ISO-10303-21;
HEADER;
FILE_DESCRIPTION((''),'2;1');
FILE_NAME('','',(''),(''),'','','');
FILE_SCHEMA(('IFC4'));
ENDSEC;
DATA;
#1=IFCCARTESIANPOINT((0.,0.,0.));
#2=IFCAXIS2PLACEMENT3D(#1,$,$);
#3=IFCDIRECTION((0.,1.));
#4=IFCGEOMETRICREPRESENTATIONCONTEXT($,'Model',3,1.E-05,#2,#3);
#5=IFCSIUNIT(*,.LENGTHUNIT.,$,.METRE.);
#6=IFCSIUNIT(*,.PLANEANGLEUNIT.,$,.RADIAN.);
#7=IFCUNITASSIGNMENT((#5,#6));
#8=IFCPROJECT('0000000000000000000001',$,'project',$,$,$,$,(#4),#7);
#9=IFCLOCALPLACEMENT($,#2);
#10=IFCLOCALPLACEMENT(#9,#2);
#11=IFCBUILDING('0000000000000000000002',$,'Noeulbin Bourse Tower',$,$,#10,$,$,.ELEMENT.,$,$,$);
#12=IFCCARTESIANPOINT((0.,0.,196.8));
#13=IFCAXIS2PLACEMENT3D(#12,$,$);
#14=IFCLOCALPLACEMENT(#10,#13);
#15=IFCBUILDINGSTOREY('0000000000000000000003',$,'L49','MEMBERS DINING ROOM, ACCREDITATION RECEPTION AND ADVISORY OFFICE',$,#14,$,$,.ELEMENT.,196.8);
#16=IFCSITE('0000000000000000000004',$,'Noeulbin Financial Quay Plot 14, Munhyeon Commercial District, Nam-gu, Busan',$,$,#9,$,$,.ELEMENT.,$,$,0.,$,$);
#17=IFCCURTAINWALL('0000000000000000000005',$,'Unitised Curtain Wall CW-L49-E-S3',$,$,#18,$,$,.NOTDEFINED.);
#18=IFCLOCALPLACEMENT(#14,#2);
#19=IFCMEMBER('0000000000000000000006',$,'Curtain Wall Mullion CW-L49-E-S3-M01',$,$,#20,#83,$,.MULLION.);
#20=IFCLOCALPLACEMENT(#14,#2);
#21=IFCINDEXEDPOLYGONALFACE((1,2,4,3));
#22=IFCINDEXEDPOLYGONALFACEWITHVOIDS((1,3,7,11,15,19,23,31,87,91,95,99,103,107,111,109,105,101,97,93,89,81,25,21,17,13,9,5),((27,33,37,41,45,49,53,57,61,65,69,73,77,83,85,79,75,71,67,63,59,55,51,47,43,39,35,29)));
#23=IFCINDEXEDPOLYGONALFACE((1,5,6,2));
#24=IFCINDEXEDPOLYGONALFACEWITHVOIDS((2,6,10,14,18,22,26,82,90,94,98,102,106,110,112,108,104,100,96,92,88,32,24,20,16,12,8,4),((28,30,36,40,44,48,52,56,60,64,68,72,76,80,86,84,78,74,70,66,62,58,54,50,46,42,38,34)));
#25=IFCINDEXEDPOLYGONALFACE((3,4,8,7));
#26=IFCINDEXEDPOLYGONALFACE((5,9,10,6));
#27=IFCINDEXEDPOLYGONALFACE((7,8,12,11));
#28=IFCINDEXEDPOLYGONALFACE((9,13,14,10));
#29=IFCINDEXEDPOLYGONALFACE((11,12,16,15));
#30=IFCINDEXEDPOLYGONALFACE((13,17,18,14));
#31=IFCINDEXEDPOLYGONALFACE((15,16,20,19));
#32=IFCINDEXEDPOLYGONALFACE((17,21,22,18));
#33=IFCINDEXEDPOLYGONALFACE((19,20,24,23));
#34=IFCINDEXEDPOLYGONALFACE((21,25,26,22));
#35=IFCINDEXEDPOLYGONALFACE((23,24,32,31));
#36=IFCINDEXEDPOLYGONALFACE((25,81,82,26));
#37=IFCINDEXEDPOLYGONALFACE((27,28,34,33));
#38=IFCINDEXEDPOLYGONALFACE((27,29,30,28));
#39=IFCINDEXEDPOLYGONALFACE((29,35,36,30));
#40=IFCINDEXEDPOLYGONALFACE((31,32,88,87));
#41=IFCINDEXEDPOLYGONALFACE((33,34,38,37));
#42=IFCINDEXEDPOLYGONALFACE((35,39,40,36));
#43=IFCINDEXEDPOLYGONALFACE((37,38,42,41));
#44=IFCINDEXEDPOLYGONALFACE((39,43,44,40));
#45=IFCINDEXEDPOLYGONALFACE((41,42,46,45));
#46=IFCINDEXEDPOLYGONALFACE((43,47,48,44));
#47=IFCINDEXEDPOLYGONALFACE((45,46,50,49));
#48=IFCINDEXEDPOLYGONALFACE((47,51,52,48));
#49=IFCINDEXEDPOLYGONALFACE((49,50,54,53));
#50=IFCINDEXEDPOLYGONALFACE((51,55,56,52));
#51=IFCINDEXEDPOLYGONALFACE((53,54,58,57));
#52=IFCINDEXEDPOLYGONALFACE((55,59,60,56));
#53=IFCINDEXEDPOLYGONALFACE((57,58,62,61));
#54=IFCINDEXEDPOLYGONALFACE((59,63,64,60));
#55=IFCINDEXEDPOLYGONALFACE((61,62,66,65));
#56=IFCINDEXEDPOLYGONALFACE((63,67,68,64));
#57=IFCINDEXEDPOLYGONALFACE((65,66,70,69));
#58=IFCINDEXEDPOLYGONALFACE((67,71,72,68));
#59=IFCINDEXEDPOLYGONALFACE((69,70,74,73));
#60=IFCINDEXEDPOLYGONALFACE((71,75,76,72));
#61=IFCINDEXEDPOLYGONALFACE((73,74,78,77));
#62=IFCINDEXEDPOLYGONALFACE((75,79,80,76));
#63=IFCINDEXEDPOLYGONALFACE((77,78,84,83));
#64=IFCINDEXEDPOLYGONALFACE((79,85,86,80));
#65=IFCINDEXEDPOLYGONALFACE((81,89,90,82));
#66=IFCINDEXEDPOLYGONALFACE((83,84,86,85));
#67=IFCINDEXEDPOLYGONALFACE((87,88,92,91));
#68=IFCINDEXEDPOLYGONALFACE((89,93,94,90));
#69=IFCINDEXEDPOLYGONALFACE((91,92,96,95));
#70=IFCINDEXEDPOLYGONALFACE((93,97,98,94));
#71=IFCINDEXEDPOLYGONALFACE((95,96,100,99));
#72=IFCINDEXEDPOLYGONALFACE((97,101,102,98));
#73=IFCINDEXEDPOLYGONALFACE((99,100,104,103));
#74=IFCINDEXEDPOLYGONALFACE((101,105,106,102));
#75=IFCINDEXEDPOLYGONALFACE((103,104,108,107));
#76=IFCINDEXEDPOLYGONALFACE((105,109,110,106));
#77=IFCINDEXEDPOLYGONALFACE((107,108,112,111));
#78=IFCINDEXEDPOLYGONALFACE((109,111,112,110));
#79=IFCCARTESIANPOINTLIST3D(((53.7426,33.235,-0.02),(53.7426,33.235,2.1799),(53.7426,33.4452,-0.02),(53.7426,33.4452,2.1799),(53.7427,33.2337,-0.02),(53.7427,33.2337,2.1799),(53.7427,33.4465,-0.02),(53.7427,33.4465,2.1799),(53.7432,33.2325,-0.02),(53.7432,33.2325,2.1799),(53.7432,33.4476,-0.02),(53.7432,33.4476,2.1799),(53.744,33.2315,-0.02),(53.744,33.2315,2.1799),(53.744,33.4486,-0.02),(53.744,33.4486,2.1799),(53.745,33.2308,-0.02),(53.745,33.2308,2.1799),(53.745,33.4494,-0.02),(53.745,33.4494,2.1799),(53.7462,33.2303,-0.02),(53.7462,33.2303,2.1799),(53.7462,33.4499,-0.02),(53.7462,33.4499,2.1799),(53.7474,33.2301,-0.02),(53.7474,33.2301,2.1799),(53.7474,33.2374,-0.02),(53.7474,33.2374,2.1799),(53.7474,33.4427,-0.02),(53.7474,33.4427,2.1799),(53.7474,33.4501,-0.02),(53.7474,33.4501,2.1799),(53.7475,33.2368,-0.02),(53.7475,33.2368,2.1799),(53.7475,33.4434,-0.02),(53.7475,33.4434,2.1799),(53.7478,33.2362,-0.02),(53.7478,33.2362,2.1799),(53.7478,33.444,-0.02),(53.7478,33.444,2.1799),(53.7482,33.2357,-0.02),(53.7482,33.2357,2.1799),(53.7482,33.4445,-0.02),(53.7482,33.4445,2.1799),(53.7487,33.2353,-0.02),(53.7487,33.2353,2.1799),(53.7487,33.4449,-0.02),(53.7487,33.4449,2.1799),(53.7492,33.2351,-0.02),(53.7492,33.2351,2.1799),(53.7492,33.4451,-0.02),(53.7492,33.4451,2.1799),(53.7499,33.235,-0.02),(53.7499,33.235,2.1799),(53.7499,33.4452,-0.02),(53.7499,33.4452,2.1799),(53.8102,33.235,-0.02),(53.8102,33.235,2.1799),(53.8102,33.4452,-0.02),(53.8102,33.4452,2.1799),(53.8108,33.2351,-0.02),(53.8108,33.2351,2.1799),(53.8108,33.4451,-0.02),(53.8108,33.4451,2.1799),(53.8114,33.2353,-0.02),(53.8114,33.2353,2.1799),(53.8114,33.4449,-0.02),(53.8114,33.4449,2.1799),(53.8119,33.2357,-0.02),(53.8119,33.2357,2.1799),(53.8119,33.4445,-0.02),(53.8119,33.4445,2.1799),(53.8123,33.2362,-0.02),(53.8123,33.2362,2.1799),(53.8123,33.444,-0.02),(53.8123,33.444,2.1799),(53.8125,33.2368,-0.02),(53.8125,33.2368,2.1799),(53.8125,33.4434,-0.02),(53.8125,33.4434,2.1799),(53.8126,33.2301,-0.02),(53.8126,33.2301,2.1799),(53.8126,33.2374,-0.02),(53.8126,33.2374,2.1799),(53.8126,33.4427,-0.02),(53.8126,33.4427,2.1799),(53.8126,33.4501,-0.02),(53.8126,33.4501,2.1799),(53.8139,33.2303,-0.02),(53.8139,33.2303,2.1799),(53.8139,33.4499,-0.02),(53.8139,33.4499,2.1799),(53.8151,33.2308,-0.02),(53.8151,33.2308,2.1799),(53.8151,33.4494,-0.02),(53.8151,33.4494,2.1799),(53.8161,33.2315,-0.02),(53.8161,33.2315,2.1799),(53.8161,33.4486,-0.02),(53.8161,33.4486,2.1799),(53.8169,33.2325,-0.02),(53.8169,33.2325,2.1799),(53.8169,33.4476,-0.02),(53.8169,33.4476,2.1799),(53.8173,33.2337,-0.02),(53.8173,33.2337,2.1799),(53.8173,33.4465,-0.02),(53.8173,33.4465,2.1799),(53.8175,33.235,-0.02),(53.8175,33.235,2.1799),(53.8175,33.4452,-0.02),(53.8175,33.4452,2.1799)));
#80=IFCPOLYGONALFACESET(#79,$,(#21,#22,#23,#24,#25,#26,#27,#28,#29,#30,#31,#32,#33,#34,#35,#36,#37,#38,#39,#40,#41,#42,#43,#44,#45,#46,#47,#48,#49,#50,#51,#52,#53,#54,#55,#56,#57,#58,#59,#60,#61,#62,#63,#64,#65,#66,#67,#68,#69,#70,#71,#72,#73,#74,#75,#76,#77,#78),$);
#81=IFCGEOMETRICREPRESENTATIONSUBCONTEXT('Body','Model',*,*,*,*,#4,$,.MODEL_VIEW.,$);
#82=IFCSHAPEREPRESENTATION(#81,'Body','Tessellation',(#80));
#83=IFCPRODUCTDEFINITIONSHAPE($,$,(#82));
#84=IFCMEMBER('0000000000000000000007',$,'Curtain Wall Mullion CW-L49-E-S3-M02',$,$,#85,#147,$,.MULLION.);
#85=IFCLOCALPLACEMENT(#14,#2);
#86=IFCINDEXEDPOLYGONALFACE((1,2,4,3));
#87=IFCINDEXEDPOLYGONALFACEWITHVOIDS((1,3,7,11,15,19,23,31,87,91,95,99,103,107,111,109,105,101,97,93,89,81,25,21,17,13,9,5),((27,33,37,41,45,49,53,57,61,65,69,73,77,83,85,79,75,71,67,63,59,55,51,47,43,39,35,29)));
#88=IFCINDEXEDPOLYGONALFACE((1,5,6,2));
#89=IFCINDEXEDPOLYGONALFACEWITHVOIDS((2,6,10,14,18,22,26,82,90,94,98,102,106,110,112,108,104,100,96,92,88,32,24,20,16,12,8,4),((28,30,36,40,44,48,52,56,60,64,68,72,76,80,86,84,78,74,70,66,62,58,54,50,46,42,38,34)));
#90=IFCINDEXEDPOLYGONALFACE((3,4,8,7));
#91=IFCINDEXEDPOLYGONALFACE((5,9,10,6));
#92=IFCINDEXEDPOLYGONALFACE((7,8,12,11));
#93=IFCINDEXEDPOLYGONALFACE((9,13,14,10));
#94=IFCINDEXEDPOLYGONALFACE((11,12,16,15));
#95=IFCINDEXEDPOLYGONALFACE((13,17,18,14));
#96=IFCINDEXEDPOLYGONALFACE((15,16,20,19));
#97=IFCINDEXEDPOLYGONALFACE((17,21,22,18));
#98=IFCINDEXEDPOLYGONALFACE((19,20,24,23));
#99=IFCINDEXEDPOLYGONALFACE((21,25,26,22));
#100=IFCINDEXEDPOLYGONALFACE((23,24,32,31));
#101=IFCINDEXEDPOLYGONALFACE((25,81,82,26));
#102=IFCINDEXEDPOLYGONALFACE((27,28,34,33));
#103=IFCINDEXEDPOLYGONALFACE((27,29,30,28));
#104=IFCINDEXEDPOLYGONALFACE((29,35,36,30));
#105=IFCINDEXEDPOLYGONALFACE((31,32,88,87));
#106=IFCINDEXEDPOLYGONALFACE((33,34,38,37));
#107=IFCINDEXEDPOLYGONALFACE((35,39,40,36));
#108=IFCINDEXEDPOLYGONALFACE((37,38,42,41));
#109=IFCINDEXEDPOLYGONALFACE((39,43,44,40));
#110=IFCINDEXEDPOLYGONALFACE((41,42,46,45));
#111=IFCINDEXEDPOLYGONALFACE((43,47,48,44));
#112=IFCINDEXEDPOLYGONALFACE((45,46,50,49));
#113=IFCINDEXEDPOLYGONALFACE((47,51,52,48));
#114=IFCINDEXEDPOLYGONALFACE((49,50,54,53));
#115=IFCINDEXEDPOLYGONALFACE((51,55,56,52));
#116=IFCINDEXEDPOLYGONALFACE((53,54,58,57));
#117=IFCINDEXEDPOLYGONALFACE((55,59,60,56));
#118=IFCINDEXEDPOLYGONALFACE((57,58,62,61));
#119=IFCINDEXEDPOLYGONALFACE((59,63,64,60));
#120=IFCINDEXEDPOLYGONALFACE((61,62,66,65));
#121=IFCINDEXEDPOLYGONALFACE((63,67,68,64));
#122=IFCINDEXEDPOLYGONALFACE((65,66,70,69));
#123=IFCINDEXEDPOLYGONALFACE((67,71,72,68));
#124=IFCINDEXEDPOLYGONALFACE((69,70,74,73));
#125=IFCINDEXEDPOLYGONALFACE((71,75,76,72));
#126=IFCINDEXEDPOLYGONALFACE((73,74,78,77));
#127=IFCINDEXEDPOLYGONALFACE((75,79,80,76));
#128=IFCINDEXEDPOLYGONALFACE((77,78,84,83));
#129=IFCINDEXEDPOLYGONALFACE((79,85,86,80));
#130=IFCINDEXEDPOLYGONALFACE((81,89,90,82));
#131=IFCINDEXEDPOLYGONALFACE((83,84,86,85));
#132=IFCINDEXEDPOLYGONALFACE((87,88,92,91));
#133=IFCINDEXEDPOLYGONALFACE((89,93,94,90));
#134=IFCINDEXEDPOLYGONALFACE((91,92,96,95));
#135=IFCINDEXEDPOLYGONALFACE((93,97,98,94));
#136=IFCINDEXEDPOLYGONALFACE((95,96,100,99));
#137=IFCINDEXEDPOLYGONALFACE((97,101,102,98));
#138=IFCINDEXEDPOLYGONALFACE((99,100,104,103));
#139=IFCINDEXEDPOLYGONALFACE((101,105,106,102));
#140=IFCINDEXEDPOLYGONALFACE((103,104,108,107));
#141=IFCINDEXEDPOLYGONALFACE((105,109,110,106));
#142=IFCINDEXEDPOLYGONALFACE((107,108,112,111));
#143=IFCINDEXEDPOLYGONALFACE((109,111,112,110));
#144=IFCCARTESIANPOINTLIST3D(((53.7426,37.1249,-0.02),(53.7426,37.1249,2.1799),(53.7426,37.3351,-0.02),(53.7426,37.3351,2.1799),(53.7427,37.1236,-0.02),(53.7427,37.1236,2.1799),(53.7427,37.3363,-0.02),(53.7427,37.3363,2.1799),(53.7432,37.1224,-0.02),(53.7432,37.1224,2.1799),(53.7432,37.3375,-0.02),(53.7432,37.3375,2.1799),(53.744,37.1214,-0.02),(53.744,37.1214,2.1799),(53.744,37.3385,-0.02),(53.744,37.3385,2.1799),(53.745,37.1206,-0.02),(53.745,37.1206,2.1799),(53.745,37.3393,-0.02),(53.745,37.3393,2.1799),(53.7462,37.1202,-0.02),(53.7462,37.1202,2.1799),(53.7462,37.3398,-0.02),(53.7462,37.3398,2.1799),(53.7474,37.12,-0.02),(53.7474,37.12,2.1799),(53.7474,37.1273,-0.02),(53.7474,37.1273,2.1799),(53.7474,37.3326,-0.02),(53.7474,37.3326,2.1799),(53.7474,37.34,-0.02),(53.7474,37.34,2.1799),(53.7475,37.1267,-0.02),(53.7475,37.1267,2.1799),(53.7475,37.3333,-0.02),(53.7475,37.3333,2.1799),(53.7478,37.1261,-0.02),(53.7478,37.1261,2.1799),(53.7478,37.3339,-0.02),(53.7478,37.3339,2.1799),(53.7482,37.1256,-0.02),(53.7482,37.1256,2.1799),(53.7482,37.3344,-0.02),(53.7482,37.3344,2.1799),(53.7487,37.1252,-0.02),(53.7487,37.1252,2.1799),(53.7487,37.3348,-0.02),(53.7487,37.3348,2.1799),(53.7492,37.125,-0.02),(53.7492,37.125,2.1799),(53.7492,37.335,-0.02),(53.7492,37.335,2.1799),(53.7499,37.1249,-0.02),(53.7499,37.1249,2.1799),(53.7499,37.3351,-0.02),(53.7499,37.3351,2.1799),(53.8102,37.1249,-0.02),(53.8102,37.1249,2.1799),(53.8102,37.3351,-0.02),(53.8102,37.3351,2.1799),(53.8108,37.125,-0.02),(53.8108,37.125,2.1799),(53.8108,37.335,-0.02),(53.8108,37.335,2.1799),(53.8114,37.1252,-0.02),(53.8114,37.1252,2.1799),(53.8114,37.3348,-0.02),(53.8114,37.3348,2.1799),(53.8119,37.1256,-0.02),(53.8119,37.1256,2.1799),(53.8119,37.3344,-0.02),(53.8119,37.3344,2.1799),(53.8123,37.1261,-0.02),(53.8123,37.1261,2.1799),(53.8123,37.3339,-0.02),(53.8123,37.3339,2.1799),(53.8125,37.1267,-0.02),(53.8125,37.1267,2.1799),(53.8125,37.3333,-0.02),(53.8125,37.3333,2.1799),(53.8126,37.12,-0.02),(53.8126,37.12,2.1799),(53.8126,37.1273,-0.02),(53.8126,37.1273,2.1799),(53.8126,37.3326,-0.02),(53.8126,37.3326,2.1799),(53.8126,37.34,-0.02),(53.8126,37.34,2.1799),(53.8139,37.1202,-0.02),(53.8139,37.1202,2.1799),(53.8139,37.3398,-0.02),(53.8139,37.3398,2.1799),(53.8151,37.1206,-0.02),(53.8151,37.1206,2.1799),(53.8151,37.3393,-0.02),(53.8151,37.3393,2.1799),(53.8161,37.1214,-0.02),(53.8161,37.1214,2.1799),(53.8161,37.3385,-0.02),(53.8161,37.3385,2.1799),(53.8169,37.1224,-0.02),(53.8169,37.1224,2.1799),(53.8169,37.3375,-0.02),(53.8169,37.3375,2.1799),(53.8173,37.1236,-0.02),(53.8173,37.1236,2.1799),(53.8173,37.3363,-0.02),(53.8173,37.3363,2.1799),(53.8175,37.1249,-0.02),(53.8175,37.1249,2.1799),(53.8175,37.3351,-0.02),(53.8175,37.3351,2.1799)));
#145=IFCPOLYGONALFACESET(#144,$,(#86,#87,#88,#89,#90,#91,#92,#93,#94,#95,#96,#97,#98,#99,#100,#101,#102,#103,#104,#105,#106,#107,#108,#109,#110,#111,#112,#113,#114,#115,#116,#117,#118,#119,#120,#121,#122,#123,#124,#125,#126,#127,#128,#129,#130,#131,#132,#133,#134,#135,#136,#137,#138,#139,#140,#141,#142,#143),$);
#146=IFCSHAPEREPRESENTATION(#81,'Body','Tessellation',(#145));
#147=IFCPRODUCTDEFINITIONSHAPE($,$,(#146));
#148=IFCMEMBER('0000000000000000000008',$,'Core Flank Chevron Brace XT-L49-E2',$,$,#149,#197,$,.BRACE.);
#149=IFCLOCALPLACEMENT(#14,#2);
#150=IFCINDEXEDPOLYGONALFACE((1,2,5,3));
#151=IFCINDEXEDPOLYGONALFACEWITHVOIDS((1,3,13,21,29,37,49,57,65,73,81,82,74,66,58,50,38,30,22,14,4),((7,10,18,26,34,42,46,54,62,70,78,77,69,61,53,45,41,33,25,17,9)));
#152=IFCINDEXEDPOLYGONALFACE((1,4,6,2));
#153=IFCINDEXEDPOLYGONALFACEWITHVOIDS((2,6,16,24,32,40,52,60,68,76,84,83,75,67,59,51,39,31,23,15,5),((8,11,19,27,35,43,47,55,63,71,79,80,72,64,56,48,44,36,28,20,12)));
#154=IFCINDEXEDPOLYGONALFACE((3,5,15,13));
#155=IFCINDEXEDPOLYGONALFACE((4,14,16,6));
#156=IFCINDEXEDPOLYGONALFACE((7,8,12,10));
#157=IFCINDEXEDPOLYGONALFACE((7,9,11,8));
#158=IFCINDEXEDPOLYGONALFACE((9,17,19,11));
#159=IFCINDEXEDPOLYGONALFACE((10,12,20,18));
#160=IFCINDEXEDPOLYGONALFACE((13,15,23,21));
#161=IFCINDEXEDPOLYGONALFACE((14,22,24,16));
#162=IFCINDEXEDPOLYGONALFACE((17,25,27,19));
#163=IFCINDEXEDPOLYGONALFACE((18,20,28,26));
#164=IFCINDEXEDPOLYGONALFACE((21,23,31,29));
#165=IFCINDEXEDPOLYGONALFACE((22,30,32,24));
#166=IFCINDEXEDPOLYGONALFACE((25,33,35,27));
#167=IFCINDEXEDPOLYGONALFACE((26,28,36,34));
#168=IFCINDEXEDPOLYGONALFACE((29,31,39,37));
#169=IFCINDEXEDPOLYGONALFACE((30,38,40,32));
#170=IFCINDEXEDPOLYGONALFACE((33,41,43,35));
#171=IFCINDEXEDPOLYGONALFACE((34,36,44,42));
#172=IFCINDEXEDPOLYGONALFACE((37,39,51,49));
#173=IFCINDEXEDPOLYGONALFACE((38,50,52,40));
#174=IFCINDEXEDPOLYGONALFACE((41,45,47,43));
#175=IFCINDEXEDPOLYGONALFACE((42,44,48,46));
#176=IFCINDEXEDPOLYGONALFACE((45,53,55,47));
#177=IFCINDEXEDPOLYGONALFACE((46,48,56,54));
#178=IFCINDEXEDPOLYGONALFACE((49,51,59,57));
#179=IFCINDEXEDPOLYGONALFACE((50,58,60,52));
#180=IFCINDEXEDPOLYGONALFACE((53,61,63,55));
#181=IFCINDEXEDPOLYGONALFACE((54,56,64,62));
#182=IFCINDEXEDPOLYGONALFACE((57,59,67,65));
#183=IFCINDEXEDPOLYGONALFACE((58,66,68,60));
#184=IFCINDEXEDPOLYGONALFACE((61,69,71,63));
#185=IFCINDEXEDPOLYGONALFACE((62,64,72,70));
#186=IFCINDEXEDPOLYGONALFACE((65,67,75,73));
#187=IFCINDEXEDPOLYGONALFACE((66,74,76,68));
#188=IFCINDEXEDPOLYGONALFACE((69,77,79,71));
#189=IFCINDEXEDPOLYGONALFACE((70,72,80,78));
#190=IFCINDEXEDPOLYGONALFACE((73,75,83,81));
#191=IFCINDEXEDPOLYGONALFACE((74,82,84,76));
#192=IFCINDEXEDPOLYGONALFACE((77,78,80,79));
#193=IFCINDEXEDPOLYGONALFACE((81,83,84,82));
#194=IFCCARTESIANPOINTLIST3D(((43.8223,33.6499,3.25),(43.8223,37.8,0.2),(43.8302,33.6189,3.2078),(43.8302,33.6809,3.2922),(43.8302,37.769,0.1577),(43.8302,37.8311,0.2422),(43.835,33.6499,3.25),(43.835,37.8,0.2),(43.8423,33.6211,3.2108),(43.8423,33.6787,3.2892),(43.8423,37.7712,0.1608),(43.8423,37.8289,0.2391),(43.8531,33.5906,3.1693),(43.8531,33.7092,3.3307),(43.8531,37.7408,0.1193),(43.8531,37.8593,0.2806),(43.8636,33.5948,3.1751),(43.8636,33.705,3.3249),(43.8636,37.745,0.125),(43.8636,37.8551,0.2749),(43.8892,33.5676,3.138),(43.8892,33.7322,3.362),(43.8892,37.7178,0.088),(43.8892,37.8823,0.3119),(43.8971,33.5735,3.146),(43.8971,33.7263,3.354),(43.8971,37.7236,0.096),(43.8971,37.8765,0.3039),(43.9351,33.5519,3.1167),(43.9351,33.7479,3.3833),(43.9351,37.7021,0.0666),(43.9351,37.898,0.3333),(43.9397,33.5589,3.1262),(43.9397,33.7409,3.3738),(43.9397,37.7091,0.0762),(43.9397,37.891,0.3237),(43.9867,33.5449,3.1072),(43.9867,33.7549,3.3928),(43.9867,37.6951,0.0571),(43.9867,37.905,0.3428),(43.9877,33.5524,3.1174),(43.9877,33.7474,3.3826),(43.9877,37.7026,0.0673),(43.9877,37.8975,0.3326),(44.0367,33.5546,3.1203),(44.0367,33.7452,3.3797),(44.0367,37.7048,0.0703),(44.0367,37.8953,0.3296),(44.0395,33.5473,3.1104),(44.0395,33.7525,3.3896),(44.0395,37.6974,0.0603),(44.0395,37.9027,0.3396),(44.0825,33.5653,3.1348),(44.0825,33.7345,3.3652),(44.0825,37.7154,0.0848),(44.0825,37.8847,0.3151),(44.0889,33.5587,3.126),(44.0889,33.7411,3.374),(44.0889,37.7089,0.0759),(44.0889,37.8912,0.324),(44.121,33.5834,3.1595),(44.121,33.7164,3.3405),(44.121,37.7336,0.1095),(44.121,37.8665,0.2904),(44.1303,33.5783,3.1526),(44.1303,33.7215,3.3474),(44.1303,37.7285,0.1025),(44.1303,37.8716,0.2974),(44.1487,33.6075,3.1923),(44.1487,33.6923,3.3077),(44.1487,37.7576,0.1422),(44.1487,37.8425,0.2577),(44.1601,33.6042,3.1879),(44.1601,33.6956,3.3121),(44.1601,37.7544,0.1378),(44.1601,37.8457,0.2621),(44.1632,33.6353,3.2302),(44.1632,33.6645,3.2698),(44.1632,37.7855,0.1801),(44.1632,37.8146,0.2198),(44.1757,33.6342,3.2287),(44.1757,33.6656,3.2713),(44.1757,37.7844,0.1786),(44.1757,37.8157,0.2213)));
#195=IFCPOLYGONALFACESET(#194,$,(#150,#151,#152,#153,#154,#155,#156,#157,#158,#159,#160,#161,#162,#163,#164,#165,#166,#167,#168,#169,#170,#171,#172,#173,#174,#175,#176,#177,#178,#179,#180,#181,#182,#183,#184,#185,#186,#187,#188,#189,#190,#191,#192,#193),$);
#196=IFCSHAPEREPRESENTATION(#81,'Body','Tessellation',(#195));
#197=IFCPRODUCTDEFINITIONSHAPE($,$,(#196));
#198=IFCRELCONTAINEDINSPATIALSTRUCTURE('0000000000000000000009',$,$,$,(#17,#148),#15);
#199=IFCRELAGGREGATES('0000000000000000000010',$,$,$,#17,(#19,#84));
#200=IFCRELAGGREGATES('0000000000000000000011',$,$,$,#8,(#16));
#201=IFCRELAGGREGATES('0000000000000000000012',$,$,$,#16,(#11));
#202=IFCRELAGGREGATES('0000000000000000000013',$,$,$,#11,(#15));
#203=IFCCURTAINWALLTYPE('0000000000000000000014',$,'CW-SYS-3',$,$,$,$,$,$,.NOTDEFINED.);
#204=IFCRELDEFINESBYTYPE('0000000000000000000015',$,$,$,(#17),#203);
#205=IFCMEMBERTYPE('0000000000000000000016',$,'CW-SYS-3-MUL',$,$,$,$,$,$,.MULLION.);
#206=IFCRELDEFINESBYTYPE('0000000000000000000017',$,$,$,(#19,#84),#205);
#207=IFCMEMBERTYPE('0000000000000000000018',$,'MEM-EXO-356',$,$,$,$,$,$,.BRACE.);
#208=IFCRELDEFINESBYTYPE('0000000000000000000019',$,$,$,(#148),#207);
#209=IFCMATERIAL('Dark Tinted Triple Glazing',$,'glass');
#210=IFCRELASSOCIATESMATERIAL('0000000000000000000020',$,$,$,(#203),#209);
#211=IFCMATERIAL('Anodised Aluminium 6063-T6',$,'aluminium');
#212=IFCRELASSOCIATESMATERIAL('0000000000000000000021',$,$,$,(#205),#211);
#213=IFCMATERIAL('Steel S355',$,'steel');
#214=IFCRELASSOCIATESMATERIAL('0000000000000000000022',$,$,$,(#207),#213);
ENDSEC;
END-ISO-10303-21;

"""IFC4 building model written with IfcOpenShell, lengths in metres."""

from ifc_helpers import new_model, si_unit, direction, frame, origin, origin_2d, place, context, subcontext, project, spatial, hollow_rectangle, hollow_circle, extrude, material, material_profile, profile_set, type_object, element, aggregate, save


model = new_model("IFC4")

# Units and contexts
model_context = context("Model", 3, precision=1e-05, world=origin(), true_north=direction((0.0, 1.0)))
body_context = subcontext(model_context, "Body", "Model", "MODEL_VIEW")
ifc_project = project(units=[si_unit("LENGTHUNIT", "METRE"), si_unit("PLANEANGLEUNIT", "RADIAN")], contexts=[model_context])

# Site, building, storey
site_placement = place(None, origin())
site = spatial("IfcSite", under=ifc_project, at=site_placement, Name="Noeulbin Financial Quay Plot 14, Munhyeon Commercial District, Nam-gu, Busan", CompositionType="ELEMENT", RefElevation=0.0)
building_placement = place(site_placement, origin())
building = spatial("IfcBuilding", under=site, at=building_placement, Name="Noeulbin Bourse Tower", CompositionType="ELEMENT")
storey_placement = place(building_placement, frame((0.0, 0.0, 196.8)))
storey = spatial("IfcBuildingStorey", under=building, at=storey_placement, Name="L49", Description="MEMBERS DINING ROOM, ACCREDITATION RECEPTION AND ADVISORY OFFICE", CompositionType="ELEMENT", Elevation=196.8)

# Curtain wall, members
ifc_material_1 = material(Name="Dark Tinted Triple Glazing", Category="glass")
curtain_wall_type = type_object("IfcCurtainWallType", Name="CW-SYS-3", PredefinedType="NOTDEFINED", material=ifc_material_1)
ifc_material_2 = material(Name="Anodised Aluminium 6063-T6", Category="aluminium")
ifc_material_profile_1 = material_profile(ifc_material_2, hollow_rectangle(XDim=0.075, YDim=0.22, WallThickness=0.0049, InnerFilletRadius=0.0024, OuterFilletRadius=0.0049, at=origin_2d()), Name="ALU-MULL-75x220x5", Category="LoadBearing")
ifc_profile_set_1 = profile_set([ifc_material_profile_1], Name="Anodised Aluminium 6063-T6")
member_type_1 = type_object("IfcMemberType", Name="CW-SYS-3-MUL", PredefinedType="MULLION", material=ifc_profile_set_1)
curtain_wall_1_placement = place(storey_placement, origin())
curtain_wall_1 = element("IfcCurtainWall", 1, at=curtain_wall_1_placement, inside=storey, type_object=curtain_wall_type, Name="Unitised Curtain Wall CW-L49-E-S3", PredefinedType="NOTDEFINED")
member_1_placement = place(storey_placement, frame((53.78, 33.3401, -0.02), z_axis=(0.0, 0.0, 1.0), x_axis=(1.0, 0.0, 0.0)))
member_1 = element("IfcMember", 2, at=member_1_placement, type_object=member_type_1, Name="Curtain Wall Mullion CW-L49-E-S3-M01", PredefinedType="MULLION", context=body_context, shape_type="SweptSolid", body=[
    extrude(hollow_rectangle(XDim=0.075, YDim=0.22, WallThickness=0.0049, InnerFilletRadius=0.0024, OuterFilletRadius=0.0049, at=origin_2d()), origin(), (0.0, 0.0, 1.0), 2.2),
])
member_2_placement = place(storey_placement, frame((53.78, 37.23, -0.02), z_axis=(0.0, 0.0, 1.0), x_axis=(1.0, 0.0, 0.0)))
member_2 = element("IfcMember", 3, at=member_2_placement, type_object=member_type_1, Name="Curtain Wall Mullion CW-L49-E-S3-M02", PredefinedType="MULLION", context=body_context, shape_type="SweptSolid", body=[
    extrude(hollow_rectangle(XDim=0.075, YDim=0.22, WallThickness=0.0049, InnerFilletRadius=0.0024, OuterFilletRadius=0.0049, at=origin_2d()), origin(), (0.0, 0.0, 1.0), 2.2),
])

# Member
ifc_material_3 = material(Name="Steel S355", Category="steel")
ifc_material_profile_2 = material_profile(ifc_material_3, hollow_circle(Radius=0.1777, WallThickness=0.0127, at=origin_2d()), Name="CHS-355.6x12.7", Category="LoadBearing")
ifc_profile_set_2 = profile_set([ifc_material_profile_2], Name="Steel S355")
member_type_2 = type_object("IfcMemberType", Name="MEM-EXO-356", PredefinedType="BRACE", material=ifc_profile_set_2)
member_3_placement = place(storey_placement, frame((44.0, 33.6499, 3.25), z_axis=(0.0, 0.805793, -0.592198), x_axis=(-1.0, 0.0, 0.0)))
element("IfcMember", 4, at=member_3_placement, inside=storey, type_object=member_type_2, Name="Core Flank Chevron Brace XT-L49-E2", PredefinedType="BRACE", context=body_context, shape_type="SweptSolid", body=[
    extrude(hollow_circle(Radius=0.1777, WallThickness=0.0127, at=origin_2d()), origin(), (0.0, 0.0, 1.0), 5.1504),
])

aggregate(curtain_wall_1, [member_1, member_2])

save(model, "model.ifc")
